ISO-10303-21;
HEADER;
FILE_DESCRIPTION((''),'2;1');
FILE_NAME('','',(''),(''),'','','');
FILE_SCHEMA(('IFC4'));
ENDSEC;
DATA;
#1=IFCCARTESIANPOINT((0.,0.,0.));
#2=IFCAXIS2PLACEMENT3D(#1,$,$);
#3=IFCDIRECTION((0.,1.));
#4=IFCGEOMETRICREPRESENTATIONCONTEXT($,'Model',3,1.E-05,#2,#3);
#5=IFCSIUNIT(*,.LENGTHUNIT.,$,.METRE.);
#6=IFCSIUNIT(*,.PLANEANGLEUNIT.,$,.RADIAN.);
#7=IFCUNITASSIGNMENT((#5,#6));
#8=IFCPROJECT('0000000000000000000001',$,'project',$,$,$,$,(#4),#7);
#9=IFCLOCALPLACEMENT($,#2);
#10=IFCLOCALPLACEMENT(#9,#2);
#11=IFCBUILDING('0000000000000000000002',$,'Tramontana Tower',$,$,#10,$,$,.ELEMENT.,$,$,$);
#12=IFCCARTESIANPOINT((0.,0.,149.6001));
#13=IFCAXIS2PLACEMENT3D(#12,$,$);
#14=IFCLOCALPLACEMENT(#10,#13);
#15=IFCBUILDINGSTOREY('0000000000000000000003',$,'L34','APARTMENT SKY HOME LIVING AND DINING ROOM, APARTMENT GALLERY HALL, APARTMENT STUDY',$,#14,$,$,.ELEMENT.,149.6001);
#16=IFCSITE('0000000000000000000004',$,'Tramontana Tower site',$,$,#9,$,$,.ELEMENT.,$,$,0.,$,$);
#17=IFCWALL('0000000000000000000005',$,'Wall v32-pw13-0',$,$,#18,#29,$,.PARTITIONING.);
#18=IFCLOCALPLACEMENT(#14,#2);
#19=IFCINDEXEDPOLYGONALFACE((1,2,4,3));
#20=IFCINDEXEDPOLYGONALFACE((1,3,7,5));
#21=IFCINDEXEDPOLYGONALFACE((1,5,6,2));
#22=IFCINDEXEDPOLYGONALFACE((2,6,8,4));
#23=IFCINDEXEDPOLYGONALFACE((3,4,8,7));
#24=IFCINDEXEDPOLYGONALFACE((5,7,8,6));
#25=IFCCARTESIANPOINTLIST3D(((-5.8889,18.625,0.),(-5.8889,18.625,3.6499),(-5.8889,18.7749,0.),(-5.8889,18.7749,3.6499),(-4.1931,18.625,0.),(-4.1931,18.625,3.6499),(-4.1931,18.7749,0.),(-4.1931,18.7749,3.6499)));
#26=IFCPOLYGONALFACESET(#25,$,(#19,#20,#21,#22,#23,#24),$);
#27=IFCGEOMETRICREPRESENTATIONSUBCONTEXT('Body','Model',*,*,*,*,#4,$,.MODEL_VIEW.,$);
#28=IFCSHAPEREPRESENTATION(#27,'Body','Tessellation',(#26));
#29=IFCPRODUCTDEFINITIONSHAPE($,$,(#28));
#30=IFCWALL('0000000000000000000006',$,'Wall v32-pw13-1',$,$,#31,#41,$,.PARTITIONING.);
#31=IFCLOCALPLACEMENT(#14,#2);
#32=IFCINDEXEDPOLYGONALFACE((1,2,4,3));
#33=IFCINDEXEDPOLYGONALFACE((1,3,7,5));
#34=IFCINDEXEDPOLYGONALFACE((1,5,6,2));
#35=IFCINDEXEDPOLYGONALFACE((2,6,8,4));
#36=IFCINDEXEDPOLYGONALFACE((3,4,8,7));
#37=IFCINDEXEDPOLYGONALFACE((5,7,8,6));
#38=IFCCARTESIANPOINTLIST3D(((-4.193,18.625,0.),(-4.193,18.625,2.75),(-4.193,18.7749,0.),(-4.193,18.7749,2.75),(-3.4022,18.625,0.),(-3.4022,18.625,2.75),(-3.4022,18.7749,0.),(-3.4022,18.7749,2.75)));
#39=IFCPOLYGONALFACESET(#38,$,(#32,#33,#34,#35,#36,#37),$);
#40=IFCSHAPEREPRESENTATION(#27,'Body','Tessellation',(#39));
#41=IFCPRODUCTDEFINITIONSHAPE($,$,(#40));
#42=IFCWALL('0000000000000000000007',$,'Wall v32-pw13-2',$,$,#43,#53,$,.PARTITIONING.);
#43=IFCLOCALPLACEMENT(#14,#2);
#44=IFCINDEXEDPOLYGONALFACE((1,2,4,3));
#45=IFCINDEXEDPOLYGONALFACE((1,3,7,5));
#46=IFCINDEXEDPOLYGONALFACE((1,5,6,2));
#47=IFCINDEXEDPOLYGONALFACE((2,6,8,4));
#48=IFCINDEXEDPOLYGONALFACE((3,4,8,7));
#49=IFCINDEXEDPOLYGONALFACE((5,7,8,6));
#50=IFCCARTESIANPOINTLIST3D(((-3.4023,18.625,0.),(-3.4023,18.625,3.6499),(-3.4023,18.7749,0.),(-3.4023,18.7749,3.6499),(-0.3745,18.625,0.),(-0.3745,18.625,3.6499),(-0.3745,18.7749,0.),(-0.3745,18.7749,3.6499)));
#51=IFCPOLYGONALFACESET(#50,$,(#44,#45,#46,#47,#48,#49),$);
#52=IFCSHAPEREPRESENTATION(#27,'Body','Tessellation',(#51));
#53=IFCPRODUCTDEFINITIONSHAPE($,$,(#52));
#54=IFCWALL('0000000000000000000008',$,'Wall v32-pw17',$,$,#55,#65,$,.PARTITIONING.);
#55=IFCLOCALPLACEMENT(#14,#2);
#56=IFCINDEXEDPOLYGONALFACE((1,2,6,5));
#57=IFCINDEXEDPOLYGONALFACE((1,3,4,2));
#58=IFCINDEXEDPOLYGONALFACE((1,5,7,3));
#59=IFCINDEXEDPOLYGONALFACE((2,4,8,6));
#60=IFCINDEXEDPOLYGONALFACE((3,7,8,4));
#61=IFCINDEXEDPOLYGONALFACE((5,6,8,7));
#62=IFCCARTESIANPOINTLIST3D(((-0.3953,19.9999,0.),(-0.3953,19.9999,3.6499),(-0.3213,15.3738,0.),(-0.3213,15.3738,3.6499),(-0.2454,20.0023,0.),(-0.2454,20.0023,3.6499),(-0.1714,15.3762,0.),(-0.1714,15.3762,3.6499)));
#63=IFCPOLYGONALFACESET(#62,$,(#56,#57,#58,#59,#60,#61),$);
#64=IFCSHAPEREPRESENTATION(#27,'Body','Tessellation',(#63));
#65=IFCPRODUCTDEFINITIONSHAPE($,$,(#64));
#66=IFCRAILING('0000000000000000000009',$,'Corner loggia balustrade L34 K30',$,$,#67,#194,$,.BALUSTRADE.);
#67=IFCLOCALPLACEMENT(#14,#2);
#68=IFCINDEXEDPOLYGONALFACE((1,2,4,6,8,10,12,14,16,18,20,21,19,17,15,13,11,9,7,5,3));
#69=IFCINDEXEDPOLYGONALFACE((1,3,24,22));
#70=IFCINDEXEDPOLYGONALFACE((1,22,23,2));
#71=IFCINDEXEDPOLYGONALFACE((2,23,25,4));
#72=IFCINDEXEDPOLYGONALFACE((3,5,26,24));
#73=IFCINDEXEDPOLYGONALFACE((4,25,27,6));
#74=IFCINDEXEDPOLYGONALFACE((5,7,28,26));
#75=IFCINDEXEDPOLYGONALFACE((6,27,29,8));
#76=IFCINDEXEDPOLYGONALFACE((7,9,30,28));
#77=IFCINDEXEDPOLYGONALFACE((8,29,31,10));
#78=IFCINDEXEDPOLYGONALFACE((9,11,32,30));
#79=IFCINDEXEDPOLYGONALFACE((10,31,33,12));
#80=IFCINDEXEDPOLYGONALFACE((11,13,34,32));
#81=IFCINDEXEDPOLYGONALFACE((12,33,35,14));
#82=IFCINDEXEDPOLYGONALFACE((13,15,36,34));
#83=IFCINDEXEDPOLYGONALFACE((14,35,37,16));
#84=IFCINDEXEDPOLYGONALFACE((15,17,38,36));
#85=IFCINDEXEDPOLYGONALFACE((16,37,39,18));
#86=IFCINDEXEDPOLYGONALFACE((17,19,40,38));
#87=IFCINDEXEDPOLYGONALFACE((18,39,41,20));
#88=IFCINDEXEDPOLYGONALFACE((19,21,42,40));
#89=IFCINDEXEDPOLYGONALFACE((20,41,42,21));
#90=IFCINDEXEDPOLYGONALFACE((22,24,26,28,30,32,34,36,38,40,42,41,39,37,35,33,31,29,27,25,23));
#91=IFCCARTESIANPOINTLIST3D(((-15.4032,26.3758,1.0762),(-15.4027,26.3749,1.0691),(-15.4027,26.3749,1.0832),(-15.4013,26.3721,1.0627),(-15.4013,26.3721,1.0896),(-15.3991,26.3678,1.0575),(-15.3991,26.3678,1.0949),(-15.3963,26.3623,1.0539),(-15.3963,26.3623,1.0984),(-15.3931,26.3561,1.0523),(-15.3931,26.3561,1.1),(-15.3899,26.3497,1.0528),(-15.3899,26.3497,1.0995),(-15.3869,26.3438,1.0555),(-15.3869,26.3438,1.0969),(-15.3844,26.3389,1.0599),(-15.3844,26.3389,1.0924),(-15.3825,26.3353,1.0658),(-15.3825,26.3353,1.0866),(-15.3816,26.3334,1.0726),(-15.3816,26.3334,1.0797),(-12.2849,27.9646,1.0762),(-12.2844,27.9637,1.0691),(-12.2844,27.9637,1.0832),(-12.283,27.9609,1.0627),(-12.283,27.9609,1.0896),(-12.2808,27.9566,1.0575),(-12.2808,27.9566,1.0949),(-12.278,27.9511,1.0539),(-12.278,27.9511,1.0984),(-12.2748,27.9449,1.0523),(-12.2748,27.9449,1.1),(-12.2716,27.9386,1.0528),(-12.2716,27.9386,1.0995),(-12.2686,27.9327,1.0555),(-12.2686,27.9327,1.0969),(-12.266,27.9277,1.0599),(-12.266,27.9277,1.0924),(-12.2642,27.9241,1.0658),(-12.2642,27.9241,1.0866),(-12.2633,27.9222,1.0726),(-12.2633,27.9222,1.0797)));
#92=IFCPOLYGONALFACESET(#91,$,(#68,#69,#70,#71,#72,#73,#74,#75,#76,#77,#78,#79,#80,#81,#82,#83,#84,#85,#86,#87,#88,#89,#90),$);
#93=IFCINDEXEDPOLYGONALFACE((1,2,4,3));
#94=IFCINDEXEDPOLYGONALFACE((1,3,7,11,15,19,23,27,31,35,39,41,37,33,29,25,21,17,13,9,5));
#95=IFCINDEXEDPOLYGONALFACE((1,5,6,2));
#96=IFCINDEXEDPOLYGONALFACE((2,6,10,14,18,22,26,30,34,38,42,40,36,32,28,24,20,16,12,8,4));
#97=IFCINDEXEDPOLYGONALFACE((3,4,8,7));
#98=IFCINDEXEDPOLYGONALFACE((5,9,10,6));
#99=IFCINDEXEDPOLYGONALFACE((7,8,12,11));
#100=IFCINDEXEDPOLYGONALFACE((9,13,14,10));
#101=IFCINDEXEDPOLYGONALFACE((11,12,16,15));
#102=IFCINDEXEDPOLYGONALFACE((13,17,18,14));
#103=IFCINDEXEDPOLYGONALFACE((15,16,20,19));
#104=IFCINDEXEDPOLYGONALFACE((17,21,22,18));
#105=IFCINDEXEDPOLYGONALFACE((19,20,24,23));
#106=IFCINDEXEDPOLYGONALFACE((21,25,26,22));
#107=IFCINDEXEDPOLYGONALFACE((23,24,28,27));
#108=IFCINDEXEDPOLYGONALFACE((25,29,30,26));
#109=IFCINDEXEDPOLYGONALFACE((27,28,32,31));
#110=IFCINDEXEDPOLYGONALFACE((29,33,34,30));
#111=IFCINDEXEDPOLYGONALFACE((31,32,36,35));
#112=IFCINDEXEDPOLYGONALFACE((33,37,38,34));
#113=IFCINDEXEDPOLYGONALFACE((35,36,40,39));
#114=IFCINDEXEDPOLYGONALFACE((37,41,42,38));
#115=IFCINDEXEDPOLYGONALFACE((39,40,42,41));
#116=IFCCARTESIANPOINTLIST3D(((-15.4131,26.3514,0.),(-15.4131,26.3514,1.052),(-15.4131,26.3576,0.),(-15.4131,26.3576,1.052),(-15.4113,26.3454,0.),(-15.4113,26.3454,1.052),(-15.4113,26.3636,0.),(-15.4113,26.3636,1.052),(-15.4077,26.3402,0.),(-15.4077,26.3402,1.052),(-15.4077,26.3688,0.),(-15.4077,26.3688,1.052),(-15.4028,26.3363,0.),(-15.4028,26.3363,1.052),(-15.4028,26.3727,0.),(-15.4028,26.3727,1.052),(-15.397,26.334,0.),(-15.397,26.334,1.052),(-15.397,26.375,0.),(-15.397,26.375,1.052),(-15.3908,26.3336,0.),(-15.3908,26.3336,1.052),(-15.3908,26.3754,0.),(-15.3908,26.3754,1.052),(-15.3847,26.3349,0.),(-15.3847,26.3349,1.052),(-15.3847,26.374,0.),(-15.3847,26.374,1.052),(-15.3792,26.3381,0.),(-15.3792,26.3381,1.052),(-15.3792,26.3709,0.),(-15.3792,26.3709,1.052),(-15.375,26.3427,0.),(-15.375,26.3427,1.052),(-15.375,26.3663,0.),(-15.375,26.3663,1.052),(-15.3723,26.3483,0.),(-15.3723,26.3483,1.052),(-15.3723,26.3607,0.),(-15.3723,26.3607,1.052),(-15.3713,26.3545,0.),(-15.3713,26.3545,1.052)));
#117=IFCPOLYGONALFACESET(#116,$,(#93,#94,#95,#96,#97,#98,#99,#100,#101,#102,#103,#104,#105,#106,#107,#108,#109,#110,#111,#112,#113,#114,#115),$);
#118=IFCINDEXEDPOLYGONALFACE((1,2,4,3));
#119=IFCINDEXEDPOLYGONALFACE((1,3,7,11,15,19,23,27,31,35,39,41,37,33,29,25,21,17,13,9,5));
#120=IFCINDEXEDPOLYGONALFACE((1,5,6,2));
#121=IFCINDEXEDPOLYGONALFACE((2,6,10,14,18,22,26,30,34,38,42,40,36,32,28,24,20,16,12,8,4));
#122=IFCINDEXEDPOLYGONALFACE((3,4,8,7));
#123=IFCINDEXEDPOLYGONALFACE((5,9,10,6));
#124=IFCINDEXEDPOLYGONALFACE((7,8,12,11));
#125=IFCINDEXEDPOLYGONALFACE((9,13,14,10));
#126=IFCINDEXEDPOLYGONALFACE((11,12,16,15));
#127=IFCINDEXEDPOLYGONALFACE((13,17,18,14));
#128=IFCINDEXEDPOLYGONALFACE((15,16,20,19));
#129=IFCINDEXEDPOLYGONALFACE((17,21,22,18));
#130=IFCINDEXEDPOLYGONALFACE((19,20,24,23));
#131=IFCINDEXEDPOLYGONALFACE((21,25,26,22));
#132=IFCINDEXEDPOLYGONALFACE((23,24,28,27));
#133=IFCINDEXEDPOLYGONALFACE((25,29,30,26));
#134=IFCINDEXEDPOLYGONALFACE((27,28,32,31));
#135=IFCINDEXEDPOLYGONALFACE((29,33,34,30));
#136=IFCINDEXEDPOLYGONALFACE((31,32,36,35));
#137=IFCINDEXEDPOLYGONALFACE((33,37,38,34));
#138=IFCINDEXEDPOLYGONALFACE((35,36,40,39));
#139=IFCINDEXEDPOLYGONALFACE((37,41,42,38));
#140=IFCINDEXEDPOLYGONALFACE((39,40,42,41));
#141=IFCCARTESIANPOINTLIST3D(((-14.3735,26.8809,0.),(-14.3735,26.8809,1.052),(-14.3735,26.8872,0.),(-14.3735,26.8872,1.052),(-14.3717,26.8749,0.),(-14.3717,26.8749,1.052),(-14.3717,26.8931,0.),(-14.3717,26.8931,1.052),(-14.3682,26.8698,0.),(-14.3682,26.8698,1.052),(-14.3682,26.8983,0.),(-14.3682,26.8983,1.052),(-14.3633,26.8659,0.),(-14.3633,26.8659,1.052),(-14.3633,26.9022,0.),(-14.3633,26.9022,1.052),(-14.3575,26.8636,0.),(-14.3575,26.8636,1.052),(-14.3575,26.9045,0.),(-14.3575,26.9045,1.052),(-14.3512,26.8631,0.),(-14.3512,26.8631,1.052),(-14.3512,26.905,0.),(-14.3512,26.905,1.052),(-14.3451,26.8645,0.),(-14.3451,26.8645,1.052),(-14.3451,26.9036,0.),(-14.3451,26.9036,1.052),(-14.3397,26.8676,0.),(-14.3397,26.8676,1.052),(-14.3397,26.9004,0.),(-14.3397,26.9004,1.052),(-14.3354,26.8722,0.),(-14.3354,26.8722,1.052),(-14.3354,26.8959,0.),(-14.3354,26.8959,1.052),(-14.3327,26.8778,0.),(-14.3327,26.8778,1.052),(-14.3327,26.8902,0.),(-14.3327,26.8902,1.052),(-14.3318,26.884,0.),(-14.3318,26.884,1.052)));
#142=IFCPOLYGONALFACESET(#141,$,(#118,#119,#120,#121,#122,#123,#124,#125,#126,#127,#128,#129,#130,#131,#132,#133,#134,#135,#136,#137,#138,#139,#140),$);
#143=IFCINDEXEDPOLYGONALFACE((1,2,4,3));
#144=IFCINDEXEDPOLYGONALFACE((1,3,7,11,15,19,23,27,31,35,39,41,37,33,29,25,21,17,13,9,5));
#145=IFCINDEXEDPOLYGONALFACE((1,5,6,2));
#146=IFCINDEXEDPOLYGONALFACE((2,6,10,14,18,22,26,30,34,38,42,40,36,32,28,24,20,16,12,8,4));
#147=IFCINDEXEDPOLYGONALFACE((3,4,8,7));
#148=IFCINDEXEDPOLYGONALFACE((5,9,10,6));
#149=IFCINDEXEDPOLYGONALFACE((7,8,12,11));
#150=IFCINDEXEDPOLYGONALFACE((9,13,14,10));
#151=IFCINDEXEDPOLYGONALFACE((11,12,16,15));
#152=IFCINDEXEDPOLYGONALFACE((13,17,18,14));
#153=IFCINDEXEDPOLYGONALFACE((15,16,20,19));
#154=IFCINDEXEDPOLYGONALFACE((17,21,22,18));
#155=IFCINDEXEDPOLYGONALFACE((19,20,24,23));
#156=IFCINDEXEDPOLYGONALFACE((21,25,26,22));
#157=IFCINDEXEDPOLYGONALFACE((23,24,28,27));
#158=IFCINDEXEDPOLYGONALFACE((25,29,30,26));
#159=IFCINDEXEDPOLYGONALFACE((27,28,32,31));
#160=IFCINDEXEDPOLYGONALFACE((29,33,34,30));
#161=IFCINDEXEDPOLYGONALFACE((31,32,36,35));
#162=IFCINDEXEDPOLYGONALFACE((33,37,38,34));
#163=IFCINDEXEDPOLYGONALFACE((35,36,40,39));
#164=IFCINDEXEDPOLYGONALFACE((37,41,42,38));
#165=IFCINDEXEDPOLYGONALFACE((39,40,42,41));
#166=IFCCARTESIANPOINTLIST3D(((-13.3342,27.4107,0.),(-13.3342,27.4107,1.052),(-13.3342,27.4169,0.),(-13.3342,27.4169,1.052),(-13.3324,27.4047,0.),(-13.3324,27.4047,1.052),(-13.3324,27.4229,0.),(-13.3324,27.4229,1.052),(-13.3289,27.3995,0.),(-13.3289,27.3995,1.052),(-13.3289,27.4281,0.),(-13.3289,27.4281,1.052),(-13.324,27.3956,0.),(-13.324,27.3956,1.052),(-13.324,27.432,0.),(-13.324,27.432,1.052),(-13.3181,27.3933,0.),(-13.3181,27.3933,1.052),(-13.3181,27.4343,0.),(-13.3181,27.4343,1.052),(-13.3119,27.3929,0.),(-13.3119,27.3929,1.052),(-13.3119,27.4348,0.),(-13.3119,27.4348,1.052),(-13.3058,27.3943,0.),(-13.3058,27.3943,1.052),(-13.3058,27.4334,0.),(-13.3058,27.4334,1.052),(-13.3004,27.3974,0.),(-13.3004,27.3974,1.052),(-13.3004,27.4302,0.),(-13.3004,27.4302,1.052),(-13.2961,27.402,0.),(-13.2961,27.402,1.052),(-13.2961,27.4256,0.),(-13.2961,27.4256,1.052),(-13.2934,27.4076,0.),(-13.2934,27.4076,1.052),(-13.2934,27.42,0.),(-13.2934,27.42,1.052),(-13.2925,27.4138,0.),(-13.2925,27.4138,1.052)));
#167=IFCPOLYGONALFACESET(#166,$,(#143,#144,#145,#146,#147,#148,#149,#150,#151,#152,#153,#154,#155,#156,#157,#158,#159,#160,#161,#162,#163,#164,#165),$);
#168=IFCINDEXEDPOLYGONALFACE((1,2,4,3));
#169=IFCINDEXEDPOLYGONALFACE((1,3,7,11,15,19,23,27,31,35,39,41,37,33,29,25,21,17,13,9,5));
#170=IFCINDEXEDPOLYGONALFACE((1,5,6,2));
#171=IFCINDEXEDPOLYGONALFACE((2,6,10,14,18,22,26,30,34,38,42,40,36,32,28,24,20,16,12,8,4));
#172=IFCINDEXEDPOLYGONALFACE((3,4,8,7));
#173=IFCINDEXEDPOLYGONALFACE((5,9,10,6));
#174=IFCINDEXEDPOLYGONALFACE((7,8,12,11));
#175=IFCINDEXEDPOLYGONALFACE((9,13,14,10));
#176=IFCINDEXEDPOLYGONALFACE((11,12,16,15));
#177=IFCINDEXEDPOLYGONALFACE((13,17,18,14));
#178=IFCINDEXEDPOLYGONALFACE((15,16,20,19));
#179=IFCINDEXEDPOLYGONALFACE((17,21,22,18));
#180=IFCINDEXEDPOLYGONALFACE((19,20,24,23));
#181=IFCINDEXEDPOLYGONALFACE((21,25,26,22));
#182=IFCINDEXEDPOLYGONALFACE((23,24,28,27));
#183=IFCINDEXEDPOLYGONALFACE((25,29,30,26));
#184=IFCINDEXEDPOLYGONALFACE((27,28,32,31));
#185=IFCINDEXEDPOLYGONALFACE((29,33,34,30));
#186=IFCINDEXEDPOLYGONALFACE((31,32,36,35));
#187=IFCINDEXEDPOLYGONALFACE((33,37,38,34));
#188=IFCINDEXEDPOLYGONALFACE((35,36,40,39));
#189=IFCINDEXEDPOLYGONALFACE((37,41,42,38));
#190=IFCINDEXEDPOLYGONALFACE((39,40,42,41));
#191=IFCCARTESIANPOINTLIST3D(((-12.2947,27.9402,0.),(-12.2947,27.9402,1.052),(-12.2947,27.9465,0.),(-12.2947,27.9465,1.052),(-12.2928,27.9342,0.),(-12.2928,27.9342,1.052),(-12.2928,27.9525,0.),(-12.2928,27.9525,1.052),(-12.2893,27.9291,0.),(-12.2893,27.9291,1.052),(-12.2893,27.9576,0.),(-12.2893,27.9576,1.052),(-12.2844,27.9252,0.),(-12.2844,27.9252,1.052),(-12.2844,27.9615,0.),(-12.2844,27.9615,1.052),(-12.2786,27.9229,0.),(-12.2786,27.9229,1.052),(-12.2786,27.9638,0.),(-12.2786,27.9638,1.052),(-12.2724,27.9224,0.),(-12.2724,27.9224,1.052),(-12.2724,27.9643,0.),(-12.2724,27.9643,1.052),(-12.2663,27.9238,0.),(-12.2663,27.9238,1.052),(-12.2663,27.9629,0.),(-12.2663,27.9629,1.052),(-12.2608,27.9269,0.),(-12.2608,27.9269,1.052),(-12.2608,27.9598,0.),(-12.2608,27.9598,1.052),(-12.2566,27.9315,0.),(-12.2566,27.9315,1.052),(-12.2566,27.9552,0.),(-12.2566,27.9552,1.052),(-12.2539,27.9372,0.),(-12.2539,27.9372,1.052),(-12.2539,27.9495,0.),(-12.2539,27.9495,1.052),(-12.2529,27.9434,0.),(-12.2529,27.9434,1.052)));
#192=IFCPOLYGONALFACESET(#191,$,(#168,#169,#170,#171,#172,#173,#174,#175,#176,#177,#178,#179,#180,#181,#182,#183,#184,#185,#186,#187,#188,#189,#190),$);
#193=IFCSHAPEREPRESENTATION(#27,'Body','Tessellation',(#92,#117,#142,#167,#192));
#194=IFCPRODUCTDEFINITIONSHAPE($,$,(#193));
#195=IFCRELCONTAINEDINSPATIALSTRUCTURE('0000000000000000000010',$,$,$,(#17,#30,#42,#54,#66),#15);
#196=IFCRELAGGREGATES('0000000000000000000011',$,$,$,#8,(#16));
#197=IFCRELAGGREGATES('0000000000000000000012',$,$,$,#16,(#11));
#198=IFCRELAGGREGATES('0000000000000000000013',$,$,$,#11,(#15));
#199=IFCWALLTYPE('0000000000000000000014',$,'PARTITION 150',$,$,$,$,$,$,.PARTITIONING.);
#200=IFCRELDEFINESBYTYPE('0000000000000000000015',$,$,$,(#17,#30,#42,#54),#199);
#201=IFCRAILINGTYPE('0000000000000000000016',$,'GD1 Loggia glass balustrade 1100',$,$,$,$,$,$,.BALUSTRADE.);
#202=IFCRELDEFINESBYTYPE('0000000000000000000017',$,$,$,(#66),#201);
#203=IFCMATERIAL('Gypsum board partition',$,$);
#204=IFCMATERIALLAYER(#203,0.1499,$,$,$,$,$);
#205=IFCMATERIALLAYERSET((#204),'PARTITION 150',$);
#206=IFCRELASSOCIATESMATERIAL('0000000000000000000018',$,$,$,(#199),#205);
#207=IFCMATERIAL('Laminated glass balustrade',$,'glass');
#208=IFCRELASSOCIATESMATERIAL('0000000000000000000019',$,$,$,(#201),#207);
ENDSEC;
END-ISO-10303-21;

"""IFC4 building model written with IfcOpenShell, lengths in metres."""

from ifc_helpers import new_model, si_unit, direction, frame, frame_2d, origin, origin_2d, place, context, subcontext, project, spatial, rectangle, circle, extrude, material, layer, layer_set, type_object, element, save


model = new_model("IFC4")

# Units and contexts
model_context = context("Model", 3, precision=1e-05, world=origin(), true_north=direction((0.0, 1.0)))
body_context = subcontext(model_context, "Body", "Model", "MODEL_VIEW")
ifc_project = project(units=[si_unit("LENGTHUNIT", "METRE"), si_unit("PLANEANGLEUNIT", "RADIAN")], contexts=[model_context])

# Site, building, storey
site_placement = place(None, origin())
site = spatial("IfcSite", under=ifc_project, at=site_placement, Name="Tramontana Tower site", CompositionType="ELEMENT", RefElevation=0.0)
building_placement = place(site_placement, origin())
building = spatial("IfcBuilding", under=site, at=building_placement, Name="Tramontana Tower", CompositionType="ELEMENT")
storey_placement = place(building_placement, frame((0.0, 0.0, 149.6001)))
storey = spatial("IfcBuildingStorey", under=building, at=storey_placement, Name="L34", Description="APARTMENT SKY HOME LIVING AND DINING ROOM, APARTMENT GALLERY HALL, APARTMENT STUDY", CompositionType="ELEMENT", Elevation=149.6001)

# Walls
ifc_material_1 = material(Name="Gypsum board partition")
ifc_layer_1 = layer(ifc_material_1, 0.1499)
ifc_layer_set_1 = layer_set([ifc_layer_1], Name="PARTITION 150")
wall_type_1 = type_object("IfcWallType", Name="PARTITION 150", PredefinedType="PARTITIONING", material=ifc_layer_set_1)
wall_1_placement = place(storey_placement, frame((-5.8889, 18.7, 0.0), z_axis=(0.0, 0.0, 1.0), x_axis=(1.0, 0.0, 0.0)))
element("IfcWall", 1, at=wall_1_placement, inside=storey, type_object=wall_type_1, Name="Wall v32-pw13-0", PredefinedType="PARTITIONING", context=body_context, shape_type="SweptSolid", body=[
    extrude(rectangle(XDim=1.6958, YDim=0.1499, at=frame_2d((0.8479, 0.0))), origin(), (0.0, 0.0, 1.0), 3.6499),
])
wall_2_placement = place(storey_placement, frame((-4.1931, 18.7, 0.0), z_axis=(0.0, 0.0, 1.0), x_axis=(1.0, 0.0, 0.0)))
element("IfcWall", 2, at=wall_2_placement, inside=storey, type_object=wall_type_1, Name="Wall v32-pw13-1", PredefinedType="PARTITIONING", context=body_context, shape_type="SweptSolid", body=[
    extrude(rectangle(XDim=0.7908, YDim=0.1499, at=frame_2d((0.3955, 0.0))), origin(), (0.0, 0.0, 1.0), 2.75),
])
wall_3_placement = place(storey_placement, frame((-3.4023, 18.7, 0.0), z_axis=(0.0, 0.0, 1.0), x_axis=(1.0, 0.0, 0.0)))
element("IfcWall", 3, at=wall_3_placement, inside=storey, type_object=wall_type_1, Name="Wall v32-pw13-2", PredefinedType="PARTITIONING", context=body_context, shape_type="SweptSolid", body=[
    extrude(rectangle(XDim=3.0278, YDim=0.1499, at=frame_2d((1.5139, 0.0))), origin(), (0.0, 0.0, 1.0), 3.6499),
])
wall_4_placement = place(storey_placement, frame((-0.3203, 20.0012, 0.0), z_axis=(0.0, 0.0, 1.0), x_axis=(0.015988, -0.999872, 0.0)))
element("IfcWall", 4, at=wall_4_placement, inside=storey, type_object=wall_type_1, Name="Wall v32-pw17", PredefinedType="PARTITIONING", context=body_context, shape_type="SweptSolid", body=[
    extrude(rectangle(XDim=4.6267, YDim=0.1499, at=frame_2d((2.3135, 0.0))), origin(), (0.0, 0.0, 1.0), 3.6499),
])

# Railing
ifc_material_2 = material(Name="Laminated glass balustrade", Category="glass")
railing_type = type_object("IfcRailingType", Name="GD1 Loggia glass balustrade 1100", PredefinedType="BALUSTRADE", material=ifc_material_2)
railing_placement = place(storey_placement, frame((-15.3923, 26.3545, 0.0)))
element("IfcRailing", 5, at=railing_placement, inside=storey, type_object=railing_type, Name="Corner loggia balustrade L34 K30", PredefinedType="BALUSTRADE", context=body_context, shape_type="SweptSolid", body=[
    extrude(circle(Radius=0.0239, at=origin_2d()), frame((0.0, 0.0, 1.0762), z_axis=(0.891011, 0.453981, 0.0), x_axis=(-0.453981, 0.891011, 0.0)), (0.0, 0.0, 1.0), 3.4998),
    extrude(circle(Radius=0.021, at=origin_2d()), origin(), (0.0, 0.0, 1.0), 1.052),
    extrude(circle(Radius=0.021, at=origin_2d()), frame((1.0396, 0.5295, 0.0)), (0.0, 0.0, 1.0), 1.052),
    extrude(circle(Radius=0.021, at=origin_2d()), frame((2.0789, 1.0593, 0.0)), (0.0, 0.0, 1.0), 1.052),
    extrude(circle(Radius=0.021, at=origin_2d()), frame((3.1184, 1.5889, 0.0)), (0.0, 0.0, 1.0), 1.052),
])

save(model, "model.ifc")
